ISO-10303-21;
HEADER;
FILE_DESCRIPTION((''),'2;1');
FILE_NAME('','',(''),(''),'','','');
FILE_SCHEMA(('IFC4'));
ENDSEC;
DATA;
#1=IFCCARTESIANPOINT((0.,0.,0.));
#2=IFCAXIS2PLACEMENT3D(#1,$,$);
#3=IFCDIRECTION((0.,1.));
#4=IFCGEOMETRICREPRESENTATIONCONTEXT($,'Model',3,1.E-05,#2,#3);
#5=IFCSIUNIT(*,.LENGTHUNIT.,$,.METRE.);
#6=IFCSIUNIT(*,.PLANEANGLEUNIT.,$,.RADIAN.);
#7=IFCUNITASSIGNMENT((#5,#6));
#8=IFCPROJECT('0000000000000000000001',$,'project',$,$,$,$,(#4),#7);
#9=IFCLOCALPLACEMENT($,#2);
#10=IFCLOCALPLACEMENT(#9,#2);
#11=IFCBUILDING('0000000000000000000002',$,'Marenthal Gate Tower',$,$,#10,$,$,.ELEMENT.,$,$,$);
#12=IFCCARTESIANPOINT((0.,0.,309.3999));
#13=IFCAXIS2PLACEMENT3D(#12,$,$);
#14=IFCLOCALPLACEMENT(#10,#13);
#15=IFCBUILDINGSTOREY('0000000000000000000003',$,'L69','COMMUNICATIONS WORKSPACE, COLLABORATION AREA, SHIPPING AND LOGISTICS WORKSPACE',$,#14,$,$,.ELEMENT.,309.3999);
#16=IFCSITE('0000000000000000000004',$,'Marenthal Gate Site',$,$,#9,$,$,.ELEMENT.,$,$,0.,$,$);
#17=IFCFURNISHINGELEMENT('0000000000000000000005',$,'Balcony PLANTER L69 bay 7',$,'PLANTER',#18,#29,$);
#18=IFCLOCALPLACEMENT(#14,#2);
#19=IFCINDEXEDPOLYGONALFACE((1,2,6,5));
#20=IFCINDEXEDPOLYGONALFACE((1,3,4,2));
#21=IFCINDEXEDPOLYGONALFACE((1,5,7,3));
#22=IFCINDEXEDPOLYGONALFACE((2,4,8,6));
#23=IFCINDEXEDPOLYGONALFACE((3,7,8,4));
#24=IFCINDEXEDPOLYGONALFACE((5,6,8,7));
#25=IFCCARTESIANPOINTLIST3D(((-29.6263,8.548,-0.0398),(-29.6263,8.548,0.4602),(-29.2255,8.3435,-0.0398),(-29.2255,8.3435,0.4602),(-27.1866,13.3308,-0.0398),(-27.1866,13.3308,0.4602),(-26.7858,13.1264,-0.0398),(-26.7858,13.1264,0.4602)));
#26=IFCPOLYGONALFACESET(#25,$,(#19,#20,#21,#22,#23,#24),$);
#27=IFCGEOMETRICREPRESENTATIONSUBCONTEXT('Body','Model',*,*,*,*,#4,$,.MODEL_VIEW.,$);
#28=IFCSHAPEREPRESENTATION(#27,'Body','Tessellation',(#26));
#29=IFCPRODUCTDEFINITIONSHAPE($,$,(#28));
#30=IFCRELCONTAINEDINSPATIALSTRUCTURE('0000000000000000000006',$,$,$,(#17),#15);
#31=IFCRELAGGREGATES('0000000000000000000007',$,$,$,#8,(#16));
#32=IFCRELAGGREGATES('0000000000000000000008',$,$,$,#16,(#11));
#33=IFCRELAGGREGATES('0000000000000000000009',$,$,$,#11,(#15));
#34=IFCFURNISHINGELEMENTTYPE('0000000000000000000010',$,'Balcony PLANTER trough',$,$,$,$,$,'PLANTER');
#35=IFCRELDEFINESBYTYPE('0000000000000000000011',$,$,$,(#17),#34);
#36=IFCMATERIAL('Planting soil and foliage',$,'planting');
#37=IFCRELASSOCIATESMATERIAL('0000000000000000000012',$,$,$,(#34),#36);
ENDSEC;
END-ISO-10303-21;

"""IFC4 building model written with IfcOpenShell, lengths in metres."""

from ifc_helpers import new_model, si_unit, direction, frame, origin, origin_2d, place, context, subcontext, project, spatial, rectangle, extrude, material, type_object, element, save


model = new_model("IFC4")

# Units and contexts
model_context = context("Model", 3, precision=1e-05, world=origin(), true_north=direction((0.0, 1.0)))
body_context = subcontext(model_context, "Body", "Model", "MODEL_VIEW")
ifc_project = project(units=[si_unit("LENGTHUNIT", "METRE"), si_unit("PLANEANGLEUNIT", "RADIAN")], contexts=[model_context])

# Site, building, storey
site_placement = place(None, origin())
site = spatial("IfcSite", under=ifc_project, at=site_placement, Name="Marenthal Gate Site", CompositionType="ELEMENT", RefElevation=0.0)
building_placement = place(site_placement, origin())
building = spatial("IfcBuilding", under=site, at=building_placement, Name="Marenthal Gate Tower", CompositionType="ELEMENT")
storey_placement = place(building_placement, frame((0.0, 0.0, 309.3999)))
storey = spatial("IfcBuildingStorey", under=building, at=storey_placement, Name="L69", Description="COMMUNICATIONS WORKSPACE, COLLABORATION AREA, SHIPPING AND LOGISTICS WORKSPACE", CompositionType="ELEMENT", Elevation=309.3999)

# Furnishing element
ifc_material_1 = material(Name="Planting soil and foliage", Category="planting")
furnishing_element_type = type_object("IfcFurnishingElementType", Name="Balcony PLANTER trough", ElementType="PLANTER", material=ifc_material_1)
furnishing_placement = place(storey_placement, frame((-28.2061, 10.8372, -0.0398), z_axis=(0.0, 0.0, 1.0), x_axis=(-0.454389, -0.890803, 0.0)))
element("IfcFurnishingElement", 1, at=furnishing_placement, inside=storey, type_object=furnishing_element_type, Name="Balcony PLANTER L69 bay 7", ObjectType="PLANTER", context=body_context, shape_type="SweptSolid", body=[
    extrude(rectangle(XDim=5.3691, YDim=0.45, at=origin_2d()), origin(), (0.0, 0.0, 1.0), 0.5),
])

save(model, "model.ifc")
